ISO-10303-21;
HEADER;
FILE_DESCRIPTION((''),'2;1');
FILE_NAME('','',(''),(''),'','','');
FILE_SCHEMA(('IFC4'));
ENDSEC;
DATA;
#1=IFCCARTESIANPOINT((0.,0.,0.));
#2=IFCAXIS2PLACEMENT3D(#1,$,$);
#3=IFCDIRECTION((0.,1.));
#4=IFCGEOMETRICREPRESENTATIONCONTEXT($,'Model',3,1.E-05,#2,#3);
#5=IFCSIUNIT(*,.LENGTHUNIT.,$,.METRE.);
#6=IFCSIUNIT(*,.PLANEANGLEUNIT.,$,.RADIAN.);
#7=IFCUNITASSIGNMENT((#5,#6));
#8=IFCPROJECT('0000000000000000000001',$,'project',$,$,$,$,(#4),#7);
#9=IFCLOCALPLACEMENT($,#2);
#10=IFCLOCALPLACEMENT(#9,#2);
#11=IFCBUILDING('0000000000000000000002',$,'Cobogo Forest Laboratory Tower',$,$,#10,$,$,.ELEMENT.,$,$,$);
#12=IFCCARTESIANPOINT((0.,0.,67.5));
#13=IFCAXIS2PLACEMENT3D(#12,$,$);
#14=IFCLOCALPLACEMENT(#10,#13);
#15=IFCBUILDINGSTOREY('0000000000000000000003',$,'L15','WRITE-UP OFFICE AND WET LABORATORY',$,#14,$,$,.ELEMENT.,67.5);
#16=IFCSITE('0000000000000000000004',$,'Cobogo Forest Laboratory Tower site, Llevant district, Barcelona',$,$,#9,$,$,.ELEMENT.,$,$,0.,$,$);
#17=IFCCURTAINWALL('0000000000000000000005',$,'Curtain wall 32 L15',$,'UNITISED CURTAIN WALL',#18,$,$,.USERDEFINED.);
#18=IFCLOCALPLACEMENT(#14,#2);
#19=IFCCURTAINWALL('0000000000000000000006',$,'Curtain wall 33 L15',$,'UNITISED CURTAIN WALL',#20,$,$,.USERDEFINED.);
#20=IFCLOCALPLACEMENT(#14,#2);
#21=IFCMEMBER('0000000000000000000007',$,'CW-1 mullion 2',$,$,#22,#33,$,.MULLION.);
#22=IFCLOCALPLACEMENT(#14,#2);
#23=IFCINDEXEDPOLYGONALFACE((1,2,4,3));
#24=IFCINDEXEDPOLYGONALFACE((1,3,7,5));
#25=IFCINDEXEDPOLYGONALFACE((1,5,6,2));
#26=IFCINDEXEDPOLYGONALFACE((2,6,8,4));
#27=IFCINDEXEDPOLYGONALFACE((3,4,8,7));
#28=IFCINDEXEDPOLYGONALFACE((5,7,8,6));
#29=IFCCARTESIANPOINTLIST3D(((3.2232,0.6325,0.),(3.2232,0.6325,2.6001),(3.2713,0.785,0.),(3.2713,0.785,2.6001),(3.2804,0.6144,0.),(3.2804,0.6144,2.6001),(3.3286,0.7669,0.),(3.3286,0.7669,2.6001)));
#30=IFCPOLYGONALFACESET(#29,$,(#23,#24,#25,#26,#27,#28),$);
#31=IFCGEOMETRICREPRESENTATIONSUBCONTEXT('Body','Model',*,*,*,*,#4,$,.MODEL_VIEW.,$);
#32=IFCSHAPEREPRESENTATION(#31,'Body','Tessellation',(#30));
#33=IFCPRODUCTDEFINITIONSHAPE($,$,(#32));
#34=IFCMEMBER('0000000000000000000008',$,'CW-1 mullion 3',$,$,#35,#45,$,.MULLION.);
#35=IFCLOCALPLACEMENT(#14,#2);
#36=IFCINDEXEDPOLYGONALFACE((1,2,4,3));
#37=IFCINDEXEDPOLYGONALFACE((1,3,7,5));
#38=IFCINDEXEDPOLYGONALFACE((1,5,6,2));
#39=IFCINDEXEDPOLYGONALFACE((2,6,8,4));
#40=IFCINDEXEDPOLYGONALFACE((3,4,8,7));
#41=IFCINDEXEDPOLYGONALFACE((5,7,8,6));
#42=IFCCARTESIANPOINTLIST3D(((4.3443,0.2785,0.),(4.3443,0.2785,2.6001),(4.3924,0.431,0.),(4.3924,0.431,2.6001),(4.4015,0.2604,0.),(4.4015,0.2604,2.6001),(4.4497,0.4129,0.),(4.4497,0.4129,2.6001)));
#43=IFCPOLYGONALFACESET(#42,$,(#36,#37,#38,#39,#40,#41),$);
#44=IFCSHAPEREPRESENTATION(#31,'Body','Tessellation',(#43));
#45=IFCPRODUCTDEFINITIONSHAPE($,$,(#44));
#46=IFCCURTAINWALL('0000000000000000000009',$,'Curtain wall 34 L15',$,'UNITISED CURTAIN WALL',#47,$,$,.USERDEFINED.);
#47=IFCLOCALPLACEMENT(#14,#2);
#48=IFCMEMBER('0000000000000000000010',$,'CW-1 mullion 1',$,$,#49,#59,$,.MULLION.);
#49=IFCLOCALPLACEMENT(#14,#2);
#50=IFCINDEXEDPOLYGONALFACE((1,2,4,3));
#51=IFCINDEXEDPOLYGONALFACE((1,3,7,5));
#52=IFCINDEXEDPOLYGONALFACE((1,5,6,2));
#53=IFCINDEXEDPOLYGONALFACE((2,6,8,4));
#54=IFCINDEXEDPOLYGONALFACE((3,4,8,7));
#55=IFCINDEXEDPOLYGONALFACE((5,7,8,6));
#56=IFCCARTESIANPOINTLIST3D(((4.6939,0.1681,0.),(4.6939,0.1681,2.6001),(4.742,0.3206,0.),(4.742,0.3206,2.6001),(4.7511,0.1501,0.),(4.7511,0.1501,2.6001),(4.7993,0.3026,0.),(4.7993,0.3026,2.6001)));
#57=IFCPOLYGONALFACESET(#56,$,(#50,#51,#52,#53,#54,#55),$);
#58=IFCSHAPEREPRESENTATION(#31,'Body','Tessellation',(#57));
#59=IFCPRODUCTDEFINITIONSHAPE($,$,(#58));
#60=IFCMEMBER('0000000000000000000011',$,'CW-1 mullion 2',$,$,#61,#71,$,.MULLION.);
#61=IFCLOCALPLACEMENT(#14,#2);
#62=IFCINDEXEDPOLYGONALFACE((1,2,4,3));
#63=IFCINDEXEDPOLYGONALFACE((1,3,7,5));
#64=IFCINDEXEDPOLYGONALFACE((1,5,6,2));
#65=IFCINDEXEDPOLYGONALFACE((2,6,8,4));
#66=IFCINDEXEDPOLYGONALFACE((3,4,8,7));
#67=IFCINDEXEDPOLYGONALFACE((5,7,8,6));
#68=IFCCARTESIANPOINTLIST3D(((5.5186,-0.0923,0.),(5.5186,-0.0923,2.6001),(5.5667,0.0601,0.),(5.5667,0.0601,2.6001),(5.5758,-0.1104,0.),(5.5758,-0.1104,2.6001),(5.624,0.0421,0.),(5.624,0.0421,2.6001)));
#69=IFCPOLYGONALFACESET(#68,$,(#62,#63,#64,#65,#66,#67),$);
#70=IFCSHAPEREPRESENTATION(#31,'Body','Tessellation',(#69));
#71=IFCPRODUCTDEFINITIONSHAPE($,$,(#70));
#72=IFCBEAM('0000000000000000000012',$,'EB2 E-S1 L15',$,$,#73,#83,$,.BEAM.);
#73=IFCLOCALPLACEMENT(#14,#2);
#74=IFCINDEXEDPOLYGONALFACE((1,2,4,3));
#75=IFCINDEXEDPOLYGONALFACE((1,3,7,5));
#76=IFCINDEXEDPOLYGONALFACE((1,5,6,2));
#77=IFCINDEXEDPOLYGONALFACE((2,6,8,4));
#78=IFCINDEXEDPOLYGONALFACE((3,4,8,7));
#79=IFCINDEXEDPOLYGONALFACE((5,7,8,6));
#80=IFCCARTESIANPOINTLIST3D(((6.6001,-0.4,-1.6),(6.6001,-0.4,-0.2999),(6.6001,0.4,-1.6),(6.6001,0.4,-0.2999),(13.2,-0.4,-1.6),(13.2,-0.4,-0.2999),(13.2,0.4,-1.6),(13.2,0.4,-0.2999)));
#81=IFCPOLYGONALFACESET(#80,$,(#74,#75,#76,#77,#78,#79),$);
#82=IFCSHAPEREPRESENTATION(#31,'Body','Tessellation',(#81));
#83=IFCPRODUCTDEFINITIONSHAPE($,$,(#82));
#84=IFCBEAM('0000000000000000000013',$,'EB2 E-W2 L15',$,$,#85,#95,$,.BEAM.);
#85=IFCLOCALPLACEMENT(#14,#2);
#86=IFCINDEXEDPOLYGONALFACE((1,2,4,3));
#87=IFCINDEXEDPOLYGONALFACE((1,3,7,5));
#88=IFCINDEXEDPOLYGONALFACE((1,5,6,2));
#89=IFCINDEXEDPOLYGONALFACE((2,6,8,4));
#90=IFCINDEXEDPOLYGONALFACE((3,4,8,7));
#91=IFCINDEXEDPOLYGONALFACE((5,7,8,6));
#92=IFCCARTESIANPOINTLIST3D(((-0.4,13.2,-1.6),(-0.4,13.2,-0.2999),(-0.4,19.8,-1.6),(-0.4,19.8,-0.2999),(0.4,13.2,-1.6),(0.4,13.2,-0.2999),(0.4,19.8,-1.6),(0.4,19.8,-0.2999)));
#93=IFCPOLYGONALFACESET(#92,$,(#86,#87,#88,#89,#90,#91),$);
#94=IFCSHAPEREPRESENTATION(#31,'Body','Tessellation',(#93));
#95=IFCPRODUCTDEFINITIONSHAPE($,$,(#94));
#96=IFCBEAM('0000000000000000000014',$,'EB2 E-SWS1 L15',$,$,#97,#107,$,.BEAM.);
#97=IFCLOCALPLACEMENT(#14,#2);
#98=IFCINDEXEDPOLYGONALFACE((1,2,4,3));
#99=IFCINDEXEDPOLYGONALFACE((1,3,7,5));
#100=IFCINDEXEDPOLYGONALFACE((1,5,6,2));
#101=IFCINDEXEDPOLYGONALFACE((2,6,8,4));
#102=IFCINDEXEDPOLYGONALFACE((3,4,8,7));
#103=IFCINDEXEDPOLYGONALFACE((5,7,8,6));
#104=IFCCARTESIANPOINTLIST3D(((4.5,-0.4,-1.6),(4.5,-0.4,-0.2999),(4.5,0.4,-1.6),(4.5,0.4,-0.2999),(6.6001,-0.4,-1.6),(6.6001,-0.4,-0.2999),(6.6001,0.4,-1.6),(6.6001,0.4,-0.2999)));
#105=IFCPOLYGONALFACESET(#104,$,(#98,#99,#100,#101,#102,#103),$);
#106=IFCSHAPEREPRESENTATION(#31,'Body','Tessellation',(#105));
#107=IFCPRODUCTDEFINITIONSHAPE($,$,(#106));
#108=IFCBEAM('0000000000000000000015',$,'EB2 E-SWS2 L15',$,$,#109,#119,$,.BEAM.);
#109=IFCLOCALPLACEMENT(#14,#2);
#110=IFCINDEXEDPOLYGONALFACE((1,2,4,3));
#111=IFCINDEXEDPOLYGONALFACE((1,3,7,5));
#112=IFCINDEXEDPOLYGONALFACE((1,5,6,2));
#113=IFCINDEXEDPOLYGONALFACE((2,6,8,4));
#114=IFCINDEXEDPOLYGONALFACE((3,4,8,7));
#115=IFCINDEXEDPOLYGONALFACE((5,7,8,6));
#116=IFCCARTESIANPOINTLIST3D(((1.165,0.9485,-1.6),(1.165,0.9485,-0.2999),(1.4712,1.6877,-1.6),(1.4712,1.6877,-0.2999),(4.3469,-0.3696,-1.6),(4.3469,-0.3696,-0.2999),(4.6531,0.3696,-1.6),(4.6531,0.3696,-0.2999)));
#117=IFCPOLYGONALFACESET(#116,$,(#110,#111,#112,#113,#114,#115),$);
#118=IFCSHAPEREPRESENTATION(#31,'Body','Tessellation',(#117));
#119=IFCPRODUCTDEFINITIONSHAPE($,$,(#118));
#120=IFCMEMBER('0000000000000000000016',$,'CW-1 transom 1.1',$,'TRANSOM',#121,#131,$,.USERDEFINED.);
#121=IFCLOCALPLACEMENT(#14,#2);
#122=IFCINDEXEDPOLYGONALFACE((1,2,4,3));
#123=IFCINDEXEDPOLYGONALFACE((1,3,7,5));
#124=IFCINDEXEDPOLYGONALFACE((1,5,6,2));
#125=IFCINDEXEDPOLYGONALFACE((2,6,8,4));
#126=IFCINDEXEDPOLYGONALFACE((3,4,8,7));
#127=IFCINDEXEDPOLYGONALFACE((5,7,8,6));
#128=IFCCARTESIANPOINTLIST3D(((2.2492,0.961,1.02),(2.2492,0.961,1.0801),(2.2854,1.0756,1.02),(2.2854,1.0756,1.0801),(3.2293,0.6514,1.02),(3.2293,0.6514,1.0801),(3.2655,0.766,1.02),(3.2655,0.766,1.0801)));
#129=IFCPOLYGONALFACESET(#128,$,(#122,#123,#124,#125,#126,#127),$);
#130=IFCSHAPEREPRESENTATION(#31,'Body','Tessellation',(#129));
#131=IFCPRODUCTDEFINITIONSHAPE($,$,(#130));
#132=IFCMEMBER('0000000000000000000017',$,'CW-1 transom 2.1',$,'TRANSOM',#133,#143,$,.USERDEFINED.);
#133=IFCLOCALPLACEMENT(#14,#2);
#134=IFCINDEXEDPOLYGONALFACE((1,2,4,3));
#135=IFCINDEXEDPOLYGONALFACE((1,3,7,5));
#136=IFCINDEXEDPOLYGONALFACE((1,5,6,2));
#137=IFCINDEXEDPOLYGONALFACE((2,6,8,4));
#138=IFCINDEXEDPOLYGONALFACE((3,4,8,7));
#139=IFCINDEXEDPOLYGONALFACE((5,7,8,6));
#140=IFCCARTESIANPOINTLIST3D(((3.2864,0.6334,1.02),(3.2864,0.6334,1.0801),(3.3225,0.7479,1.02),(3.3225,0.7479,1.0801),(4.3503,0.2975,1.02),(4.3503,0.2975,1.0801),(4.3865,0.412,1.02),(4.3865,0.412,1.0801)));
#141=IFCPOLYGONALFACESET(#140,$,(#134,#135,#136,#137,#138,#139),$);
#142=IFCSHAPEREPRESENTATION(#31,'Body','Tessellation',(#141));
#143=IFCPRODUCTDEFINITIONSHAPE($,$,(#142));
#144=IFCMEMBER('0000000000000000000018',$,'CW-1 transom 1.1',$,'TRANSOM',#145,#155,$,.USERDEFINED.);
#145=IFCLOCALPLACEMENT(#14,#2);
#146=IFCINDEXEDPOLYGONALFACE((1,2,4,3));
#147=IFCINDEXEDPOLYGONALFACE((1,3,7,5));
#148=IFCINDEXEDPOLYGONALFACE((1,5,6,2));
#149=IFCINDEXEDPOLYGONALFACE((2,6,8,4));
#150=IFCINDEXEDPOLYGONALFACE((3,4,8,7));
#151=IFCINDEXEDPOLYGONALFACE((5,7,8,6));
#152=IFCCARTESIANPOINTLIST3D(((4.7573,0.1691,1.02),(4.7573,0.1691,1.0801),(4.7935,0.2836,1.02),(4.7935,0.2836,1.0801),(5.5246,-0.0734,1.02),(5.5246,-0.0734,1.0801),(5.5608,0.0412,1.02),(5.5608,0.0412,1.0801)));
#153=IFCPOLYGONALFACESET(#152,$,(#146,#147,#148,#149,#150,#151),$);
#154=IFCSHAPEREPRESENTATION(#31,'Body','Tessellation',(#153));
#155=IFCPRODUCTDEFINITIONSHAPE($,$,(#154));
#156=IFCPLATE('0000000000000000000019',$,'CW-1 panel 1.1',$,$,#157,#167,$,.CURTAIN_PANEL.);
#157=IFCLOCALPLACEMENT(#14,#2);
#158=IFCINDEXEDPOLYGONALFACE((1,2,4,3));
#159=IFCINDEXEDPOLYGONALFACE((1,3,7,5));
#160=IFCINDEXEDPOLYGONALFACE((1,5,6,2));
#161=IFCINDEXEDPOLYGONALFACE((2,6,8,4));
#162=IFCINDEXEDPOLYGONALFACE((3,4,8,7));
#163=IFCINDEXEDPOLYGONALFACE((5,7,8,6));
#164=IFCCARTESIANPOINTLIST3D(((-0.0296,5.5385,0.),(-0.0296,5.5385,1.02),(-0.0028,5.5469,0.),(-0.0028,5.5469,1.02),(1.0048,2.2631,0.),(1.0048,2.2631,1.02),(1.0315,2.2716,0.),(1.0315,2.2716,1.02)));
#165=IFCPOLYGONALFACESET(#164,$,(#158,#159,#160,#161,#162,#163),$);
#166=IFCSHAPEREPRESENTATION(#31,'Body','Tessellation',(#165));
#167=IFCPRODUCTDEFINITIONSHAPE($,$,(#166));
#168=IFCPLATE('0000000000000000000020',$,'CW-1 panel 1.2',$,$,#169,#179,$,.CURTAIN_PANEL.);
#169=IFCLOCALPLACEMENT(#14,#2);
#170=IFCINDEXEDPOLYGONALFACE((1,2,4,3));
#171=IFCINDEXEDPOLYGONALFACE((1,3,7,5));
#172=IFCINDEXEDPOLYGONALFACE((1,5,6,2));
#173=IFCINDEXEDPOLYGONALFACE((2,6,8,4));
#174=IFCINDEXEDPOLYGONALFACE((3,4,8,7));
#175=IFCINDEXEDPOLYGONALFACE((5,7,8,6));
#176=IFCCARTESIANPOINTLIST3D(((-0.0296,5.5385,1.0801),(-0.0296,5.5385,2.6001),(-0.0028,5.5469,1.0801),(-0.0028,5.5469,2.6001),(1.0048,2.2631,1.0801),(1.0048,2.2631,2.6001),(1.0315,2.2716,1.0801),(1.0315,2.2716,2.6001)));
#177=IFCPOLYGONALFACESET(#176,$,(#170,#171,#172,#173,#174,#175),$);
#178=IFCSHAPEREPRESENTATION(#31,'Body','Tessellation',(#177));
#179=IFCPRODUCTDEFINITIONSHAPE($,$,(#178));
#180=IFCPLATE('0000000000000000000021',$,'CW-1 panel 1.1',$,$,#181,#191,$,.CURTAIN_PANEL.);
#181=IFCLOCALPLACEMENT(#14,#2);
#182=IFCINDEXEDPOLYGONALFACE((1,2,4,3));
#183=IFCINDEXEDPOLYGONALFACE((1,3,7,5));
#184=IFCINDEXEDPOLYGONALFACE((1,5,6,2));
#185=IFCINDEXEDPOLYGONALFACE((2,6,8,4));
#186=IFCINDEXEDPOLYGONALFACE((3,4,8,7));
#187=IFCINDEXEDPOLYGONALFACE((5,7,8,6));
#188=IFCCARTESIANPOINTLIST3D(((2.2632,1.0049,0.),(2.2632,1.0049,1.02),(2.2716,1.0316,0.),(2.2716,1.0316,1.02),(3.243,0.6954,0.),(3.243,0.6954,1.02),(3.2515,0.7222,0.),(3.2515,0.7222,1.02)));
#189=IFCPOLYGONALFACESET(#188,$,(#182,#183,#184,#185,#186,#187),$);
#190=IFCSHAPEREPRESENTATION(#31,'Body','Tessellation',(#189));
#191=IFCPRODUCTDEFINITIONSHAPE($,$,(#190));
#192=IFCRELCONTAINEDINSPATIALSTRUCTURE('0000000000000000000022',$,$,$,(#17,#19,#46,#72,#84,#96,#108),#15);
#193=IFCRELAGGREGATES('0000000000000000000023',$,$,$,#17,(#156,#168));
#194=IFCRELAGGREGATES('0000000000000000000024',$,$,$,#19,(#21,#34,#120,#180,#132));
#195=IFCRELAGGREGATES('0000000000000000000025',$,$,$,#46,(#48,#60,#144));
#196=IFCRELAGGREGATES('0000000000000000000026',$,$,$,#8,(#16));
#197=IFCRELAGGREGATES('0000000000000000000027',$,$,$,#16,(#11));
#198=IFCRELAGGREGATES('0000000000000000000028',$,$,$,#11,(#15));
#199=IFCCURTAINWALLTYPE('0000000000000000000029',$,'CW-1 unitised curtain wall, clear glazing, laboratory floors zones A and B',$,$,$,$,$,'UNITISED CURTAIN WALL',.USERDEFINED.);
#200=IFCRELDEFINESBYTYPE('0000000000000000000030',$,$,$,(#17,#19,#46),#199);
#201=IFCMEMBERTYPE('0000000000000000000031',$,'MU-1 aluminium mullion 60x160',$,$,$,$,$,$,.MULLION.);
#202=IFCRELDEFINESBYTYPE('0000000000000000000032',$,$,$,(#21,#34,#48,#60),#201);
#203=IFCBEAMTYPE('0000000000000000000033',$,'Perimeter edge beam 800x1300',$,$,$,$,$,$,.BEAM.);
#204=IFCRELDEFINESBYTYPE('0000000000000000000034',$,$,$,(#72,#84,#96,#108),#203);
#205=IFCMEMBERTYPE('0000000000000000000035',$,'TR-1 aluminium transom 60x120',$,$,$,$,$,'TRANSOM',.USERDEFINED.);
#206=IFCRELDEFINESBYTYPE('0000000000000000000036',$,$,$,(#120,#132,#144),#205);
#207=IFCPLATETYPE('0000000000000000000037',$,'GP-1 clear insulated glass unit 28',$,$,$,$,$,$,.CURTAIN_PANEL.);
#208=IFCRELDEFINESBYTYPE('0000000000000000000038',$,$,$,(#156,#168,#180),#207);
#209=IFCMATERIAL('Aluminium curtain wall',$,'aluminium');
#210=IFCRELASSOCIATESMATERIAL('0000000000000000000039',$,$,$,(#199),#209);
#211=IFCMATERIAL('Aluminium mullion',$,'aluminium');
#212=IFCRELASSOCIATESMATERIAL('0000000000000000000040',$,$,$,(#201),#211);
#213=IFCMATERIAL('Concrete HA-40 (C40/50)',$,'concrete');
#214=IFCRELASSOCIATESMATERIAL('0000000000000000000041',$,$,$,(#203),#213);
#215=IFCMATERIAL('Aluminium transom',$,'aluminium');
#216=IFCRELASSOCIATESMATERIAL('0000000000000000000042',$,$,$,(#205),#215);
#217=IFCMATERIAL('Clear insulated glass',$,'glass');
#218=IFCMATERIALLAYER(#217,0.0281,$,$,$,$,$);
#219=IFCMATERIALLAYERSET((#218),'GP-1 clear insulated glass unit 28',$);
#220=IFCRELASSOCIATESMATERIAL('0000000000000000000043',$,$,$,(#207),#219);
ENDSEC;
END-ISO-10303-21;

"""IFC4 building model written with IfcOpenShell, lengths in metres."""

from ifc_helpers import new_model, si_unit, direction, frame, origin, origin_2d, place, context, subcontext, project, spatial, rectangle, extrude, material, layer, layer_set, material_profile, profile_set, type_object, element, aggregate, save


model = new_model("IFC4")

# Units and contexts
model_context = context("Model", 3, precision=1e-05, world=origin(), true_north=direction((0.0, 1.0)))
body_context = subcontext(model_context, "Body", "Model", "MODEL_VIEW")
ifc_project = project(units=[si_unit("LENGTHUNIT", "METRE"), si_unit("PLANEANGLEUNIT", "RADIAN")], contexts=[model_context])

# Site, building, storey
site_placement = place(None, origin())
site = spatial("IfcSite", under=ifc_project, at=site_placement, Name="Cobogo Forest Laboratory Tower site, Llevant district, Barcelona", CompositionType="ELEMENT", RefElevation=0.0)
building_placement = place(site_placement, origin())
building = spatial("IfcBuilding", under=site, at=building_placement, Name="Cobogo Forest Laboratory Tower", CompositionType="ELEMENT")
storey_placement = place(building_placement, frame((0.0, 0.0, 67.5)))
storey = spatial("IfcBuildingStorey", under=building, at=storey_placement, Name="L15", Description="WRITE-UP OFFICE AND WET LABORATORY", CompositionType="ELEMENT", Elevation=67.5)

# Curtain wall
ifc_material_1 = material(Name="Aluminium curtain wall", Category="aluminium")
curtain_wall_type = type_object("IfcCurtainWallType", Name="CW-1 unitised curtain wall, clear glazing, laboratory floors zones A and B", ElementType="UNITISED CURTAIN WALL", PredefinedType="USERDEFINED", material=ifc_material_1)
curtain_wall_1_placement = place(storey_placement, origin())
curtain_wall_1 = element("IfcCurtainWall", 1, at=curtain_wall_1_placement, inside=storey, type_object=curtain_wall_type, Name="Curtain wall 32 L15", ObjectType="UNITISED CURTAIN WALL", PredefinedType="USERDEFINED")
ifc_material_2 = material(Name="Aluminium mullion", Category="aluminium")
ifc_material_profile_1 = material_profile(ifc_material_2, rectangle(XDim=0.0601, YDim=0.1599, at=origin_2d()), Name="AL 60x160")
ifc_profile_set_1 = profile_set([ifc_material_profile_1], Name="Aluminium mullion")
member_type_1 = type_object("IfcMemberType", Name="MU-1 aluminium mullion 60x160", PredefinedType="MULLION", material=ifc_profile_set_1)

# Curtain walls, members
curtain_wall_2_placement = place(storey_placement, origin())
curtain_wall_2 = element("IfcCurtainWall", 2, at=curtain_wall_2_placement, inside=storey, type_object=curtain_wall_type, Name="Curtain wall 33 L15", ObjectType="UNITISED CURTAIN WALL", PredefinedType="USERDEFINED")
member_1_placement = place(storey_placement, frame((3.2759, 0.6997, 0.0), z_axis=(0.0, 0.0, 1.0), x_axis=(0.953581, -0.301135, 0.0)))
member_1 = element("IfcMember", 3, at=member_1_placement, type_object=member_type_1, Name="CW-1 mullion 2", PredefinedType="MULLION", context=body_context, shape_type="SweptSolid", body=[
    extrude(rectangle(XDim=0.0601, YDim=0.1599, at=origin_2d()), origin(), (0.0, 0.0, 1.0), 2.6001),
])
member_2_placement = place(storey_placement, frame((4.397, 0.3457, 0.0), z_axis=(0.0, 0.0, 1.0), x_axis=(0.953581, -0.301135, 0.0)))
member_2 = element("IfcMember", 4, at=member_2_placement, type_object=member_type_1, Name="CW-1 mullion 3", PredefinedType="MULLION", context=body_context, shape_type="SweptSolid", body=[
    extrude(rectangle(XDim=0.0601, YDim=0.1599, at=origin_2d()), origin(), (0.0, 0.0, 1.0), 2.6001),
])
curtain_wall_3_placement = place(storey_placement, origin())
curtain_wall_3 = element("IfcCurtainWall", 5, at=curtain_wall_3_placement, inside=storey, type_object=curtain_wall_type, Name="Curtain wall 34 L15", ObjectType="UNITISED CURTAIN WALL", PredefinedType="USERDEFINED")
member_3_placement = place(storey_placement, frame((4.7466, 0.2354, 0.0), z_axis=(0.0, 0.0, 1.0), x_axis=(0.953581, -0.301135, 0.0)))
member_3 = element("IfcMember", 6, at=member_3_placement, type_object=member_type_1, Name="CW-1 mullion 1", PredefinedType="MULLION", context=body_context, shape_type="SweptSolid", body=[
    extrude(rectangle(XDim=0.0601, YDim=0.1599, at=origin_2d()), origin(), (0.0, 0.0, 1.0), 2.6001),
])
member_4_placement = place(storey_placement, frame((5.5713, -0.0251, 0.0), z_axis=(0.0, 0.0, 1.0), x_axis=(0.953581, -0.301135, 0.0)))
member_4 = element("IfcMember", 7, at=member_4_placement, type_object=member_type_1, Name="CW-1 mullion 2", PredefinedType="MULLION", context=body_context, shape_type="SweptSolid", body=[
    extrude(rectangle(XDim=0.0601, YDim=0.1599, at=origin_2d()), origin(), (0.0, 0.0, 1.0), 2.6001),
])

# Beams
ifc_material_3 = material(Name="Concrete HA-40 (C40/50)", Category="concrete")
ifc_material_profile_2 = material_profile(ifc_material_3, rectangle(XDim=0.8, YDim=1.3, at=origin_2d()), Name="RC 800x1300")
ifc_profile_set_2 = profile_set([ifc_material_profile_2], Name="Concrete HA-40 (C40/50)")
beam_type_1 = type_object("IfcBeamType", Name="Perimeter edge beam 800x1300", PredefinedType="BEAM", material=ifc_profile_set_2)
beam_1_placement = place(storey_placement, frame((6.6001, 0.0, -0.95), z_axis=(1.0, 0.0, 0.0), x_axis=(0.0, 1.0, 0.0)))
element("IfcBeam", 8, at=beam_1_placement, inside=storey, type_object=beam_type_1, Name="EB2 E-S1 L15", PredefinedType="BEAM", context=body_context, shape_type="SweptSolid", body=[
    extrude(rectangle(XDim=0.8, YDim=1.3, at=origin_2d()), origin(), (0.0, 0.0, 1.0), 6.5999),
])
beam_2_placement = place(storey_placement, frame((0.0, 13.2, -0.95), z_axis=(0.0, 1.0, 0.0), x_axis=(-1.0, 0.0, 0.0)))
element("IfcBeam", 9, at=beam_2_placement, inside=storey, type_object=beam_type_1, Name="EB2 E-W2 L15", PredefinedType="BEAM", context=body_context, shape_type="SweptSolid", body=[
    extrude(rectangle(XDim=0.8, YDim=1.3, at=origin_2d()), origin(), (0.0, 0.0, 1.0), 6.6001),
])
beam_3_placement = place(storey_placement, frame((6.6001, 0.0, -0.95), z_axis=(-1.0, 0.0, 0.0), x_axis=(0.0, -1.0, 0.0)))
element("IfcBeam", 10, at=beam_3_placement, inside=storey, type_object=beam_type_1, Name="EB2 E-SWS1 L15", PredefinedType="BEAM", context=body_context, shape_type="SweptSolid", body=[
    extrude(rectangle(XDim=0.8, YDim=1.3, at=origin_2d()), origin(), (0.0, 0.0, 1.0), 2.1001),
])
beam_4_placement = place(storey_placement, frame((4.5, 0.0, -0.95), z_axis=(-0.923866, 0.382717, 0.0), x_axis=(-0.382717, -0.923866, 0.0)))
element("IfcBeam", 11, at=beam_4_placement, inside=storey, type_object=beam_type_1, Name="EB2 E-SWS2 L15", PredefinedType="BEAM", context=body_context, shape_type="SweptSolid", body=[
    extrude(rectangle(XDim=0.8, YDim=1.3, at=origin_2d()), origin(), (0.0, 0.0, 1.0), 3.4441),
])

# Members
ifc_material_4 = material(Name="Aluminium transom", Category="aluminium")
ifc_material_profile_3 = material_profile(ifc_material_4, rectangle(XDim=0.1201, YDim=0.0601, at=origin_2d()), Name="AL 60x120")
ifc_profile_set_3 = profile_set([ifc_material_profile_3], Name="Aluminium transom")
member_type_2 = type_object("IfcMemberType", Name="TR-1 aluminium transom 60x120", ElementType="TRANSOM", PredefinedType="USERDEFINED", material=ifc_profile_set_3)
member_5_placement = place(storey_placement, frame((2.2673, 1.0183, 1.05), z_axis=(0.953554, -0.301222, 0.0), x_axis=(0.301222, 0.953554, 0.0)))
member_5 = element("IfcMember", 12, at=member_5_placement, type_object=member_type_2, Name="CW-1 transom 1.1", ObjectType="TRANSOM", PredefinedType="USERDEFINED", context=body_context, shape_type="SweptSolid", body=[
    extrude(rectangle(XDim=0.1201, YDim=0.0601, at=origin_2d()), origin(), (0.0, 0.0, 1.0), 1.0278),
])
member_6_placement = place(storey_placement, frame((3.3044, 0.6907, 1.05), z_axis=(0.953596, -0.301089, 0.0), x_axis=(0.301089, 0.953596, 0.0)))
member_6 = element("IfcMember", 13, at=member_6_placement, type_object=member_type_2, Name="CW-1 transom 2.1", ObjectType="TRANSOM", PredefinedType="USERDEFINED", context=body_context, shape_type="SweptSolid", body=[
    extrude(rectangle(XDim=0.1201, YDim=0.0601, at=origin_2d()), origin(), (0.0, 0.0, 1.0), 1.1157),
])
member_7_placement = place(storey_placement, frame((4.7754, 0.2263, 1.05), z_axis=(0.953541, -0.301262, 0.0), x_axis=(0.301262, 0.953541, 0.0)))
member_7 = element("IfcMember", 14, at=member_7_placement, type_object=member_type_2, Name="CW-1 transom 1.1", ObjectType="TRANSOM", PredefinedType="USERDEFINED", context=body_context, shape_type="SweptSolid", body=[
    extrude(rectangle(XDim=0.1201, YDim=0.0601, at=origin_2d()), origin(), (0.0, 0.0, 1.0), 0.8047),
])

# Plates
ifc_material_5 = material(Name="Clear insulated glass", Category="glass")
ifc_layer_1 = layer(ifc_material_5, 0.0281)
ifc_layer_set_1 = layer_set([ifc_layer_1], Name="GP-1 clear insulated glass unit 28")
plate_type = type_object("IfcPlateType", Name="GP-1 clear insulated glass unit 28", PredefinedType="CURTAIN_PANEL", material=ifc_layer_set_1)
plate_1_placement = place(storey_placement, frame((0.501, 3.905, 0.0), z_axis=(0.0, 0.0, 1.0), x_axis=(0.301135, -0.953581, 0.0)))
plate_1 = element("IfcPlate", 15, at=plate_1_placement, type_object=plate_type, Name="CW-1 panel 1.1", PredefinedType="CURTAIN_PANEL", context=body_context, shape_type="SweptSolid", body=[
    extrude(rectangle(XDim=3.4348, YDim=0.0281, at=origin_2d()), origin(), (0.0, 0.0, 1.0), 1.02),
])
plate_2_placement = place(storey_placement, frame((0.501, 3.905, 1.0801), z_axis=(0.0, 0.0, 1.0), x_axis=(0.301135, -0.953581, 0.0)))
plate_2 = element("IfcPlate", 16, at=plate_2_placement, type_object=plate_type, Name="CW-1 panel 1.2", PredefinedType="CURTAIN_PANEL", context=body_context, shape_type="SweptSolid", body=[
    extrude(rectangle(XDim=3.4348, YDim=0.0281, at=origin_2d()), origin(), (0.0, 0.0, 1.0), 1.52),
])
aggregate(curtain_wall_1, [plate_1, plate_2])
plate_3_placement = place(storey_placement, frame((2.7573, 0.8635, 0.0), z_axis=(0.0, 0.0, 1.0), x_axis=(0.953581, -0.301135, 0.0)))
plate_3 = element("IfcPlate", 17, at=plate_3_placement, type_object=plate_type, Name="CW-1 panel 1.1", PredefinedType="CURTAIN_PANEL", context=body_context, shape_type="SweptSolid", body=[
    extrude(rectangle(XDim=1.0276, YDim=0.0281, at=origin_2d()), origin(), (0.0, 0.0, 1.0), 1.02),
])
aggregate(curtain_wall_2, [member_1, member_2, member_5, plate_3, member_6])
aggregate(curtain_wall_3, [member_3, member_4, member_7])

save(model, "model.ifc")
